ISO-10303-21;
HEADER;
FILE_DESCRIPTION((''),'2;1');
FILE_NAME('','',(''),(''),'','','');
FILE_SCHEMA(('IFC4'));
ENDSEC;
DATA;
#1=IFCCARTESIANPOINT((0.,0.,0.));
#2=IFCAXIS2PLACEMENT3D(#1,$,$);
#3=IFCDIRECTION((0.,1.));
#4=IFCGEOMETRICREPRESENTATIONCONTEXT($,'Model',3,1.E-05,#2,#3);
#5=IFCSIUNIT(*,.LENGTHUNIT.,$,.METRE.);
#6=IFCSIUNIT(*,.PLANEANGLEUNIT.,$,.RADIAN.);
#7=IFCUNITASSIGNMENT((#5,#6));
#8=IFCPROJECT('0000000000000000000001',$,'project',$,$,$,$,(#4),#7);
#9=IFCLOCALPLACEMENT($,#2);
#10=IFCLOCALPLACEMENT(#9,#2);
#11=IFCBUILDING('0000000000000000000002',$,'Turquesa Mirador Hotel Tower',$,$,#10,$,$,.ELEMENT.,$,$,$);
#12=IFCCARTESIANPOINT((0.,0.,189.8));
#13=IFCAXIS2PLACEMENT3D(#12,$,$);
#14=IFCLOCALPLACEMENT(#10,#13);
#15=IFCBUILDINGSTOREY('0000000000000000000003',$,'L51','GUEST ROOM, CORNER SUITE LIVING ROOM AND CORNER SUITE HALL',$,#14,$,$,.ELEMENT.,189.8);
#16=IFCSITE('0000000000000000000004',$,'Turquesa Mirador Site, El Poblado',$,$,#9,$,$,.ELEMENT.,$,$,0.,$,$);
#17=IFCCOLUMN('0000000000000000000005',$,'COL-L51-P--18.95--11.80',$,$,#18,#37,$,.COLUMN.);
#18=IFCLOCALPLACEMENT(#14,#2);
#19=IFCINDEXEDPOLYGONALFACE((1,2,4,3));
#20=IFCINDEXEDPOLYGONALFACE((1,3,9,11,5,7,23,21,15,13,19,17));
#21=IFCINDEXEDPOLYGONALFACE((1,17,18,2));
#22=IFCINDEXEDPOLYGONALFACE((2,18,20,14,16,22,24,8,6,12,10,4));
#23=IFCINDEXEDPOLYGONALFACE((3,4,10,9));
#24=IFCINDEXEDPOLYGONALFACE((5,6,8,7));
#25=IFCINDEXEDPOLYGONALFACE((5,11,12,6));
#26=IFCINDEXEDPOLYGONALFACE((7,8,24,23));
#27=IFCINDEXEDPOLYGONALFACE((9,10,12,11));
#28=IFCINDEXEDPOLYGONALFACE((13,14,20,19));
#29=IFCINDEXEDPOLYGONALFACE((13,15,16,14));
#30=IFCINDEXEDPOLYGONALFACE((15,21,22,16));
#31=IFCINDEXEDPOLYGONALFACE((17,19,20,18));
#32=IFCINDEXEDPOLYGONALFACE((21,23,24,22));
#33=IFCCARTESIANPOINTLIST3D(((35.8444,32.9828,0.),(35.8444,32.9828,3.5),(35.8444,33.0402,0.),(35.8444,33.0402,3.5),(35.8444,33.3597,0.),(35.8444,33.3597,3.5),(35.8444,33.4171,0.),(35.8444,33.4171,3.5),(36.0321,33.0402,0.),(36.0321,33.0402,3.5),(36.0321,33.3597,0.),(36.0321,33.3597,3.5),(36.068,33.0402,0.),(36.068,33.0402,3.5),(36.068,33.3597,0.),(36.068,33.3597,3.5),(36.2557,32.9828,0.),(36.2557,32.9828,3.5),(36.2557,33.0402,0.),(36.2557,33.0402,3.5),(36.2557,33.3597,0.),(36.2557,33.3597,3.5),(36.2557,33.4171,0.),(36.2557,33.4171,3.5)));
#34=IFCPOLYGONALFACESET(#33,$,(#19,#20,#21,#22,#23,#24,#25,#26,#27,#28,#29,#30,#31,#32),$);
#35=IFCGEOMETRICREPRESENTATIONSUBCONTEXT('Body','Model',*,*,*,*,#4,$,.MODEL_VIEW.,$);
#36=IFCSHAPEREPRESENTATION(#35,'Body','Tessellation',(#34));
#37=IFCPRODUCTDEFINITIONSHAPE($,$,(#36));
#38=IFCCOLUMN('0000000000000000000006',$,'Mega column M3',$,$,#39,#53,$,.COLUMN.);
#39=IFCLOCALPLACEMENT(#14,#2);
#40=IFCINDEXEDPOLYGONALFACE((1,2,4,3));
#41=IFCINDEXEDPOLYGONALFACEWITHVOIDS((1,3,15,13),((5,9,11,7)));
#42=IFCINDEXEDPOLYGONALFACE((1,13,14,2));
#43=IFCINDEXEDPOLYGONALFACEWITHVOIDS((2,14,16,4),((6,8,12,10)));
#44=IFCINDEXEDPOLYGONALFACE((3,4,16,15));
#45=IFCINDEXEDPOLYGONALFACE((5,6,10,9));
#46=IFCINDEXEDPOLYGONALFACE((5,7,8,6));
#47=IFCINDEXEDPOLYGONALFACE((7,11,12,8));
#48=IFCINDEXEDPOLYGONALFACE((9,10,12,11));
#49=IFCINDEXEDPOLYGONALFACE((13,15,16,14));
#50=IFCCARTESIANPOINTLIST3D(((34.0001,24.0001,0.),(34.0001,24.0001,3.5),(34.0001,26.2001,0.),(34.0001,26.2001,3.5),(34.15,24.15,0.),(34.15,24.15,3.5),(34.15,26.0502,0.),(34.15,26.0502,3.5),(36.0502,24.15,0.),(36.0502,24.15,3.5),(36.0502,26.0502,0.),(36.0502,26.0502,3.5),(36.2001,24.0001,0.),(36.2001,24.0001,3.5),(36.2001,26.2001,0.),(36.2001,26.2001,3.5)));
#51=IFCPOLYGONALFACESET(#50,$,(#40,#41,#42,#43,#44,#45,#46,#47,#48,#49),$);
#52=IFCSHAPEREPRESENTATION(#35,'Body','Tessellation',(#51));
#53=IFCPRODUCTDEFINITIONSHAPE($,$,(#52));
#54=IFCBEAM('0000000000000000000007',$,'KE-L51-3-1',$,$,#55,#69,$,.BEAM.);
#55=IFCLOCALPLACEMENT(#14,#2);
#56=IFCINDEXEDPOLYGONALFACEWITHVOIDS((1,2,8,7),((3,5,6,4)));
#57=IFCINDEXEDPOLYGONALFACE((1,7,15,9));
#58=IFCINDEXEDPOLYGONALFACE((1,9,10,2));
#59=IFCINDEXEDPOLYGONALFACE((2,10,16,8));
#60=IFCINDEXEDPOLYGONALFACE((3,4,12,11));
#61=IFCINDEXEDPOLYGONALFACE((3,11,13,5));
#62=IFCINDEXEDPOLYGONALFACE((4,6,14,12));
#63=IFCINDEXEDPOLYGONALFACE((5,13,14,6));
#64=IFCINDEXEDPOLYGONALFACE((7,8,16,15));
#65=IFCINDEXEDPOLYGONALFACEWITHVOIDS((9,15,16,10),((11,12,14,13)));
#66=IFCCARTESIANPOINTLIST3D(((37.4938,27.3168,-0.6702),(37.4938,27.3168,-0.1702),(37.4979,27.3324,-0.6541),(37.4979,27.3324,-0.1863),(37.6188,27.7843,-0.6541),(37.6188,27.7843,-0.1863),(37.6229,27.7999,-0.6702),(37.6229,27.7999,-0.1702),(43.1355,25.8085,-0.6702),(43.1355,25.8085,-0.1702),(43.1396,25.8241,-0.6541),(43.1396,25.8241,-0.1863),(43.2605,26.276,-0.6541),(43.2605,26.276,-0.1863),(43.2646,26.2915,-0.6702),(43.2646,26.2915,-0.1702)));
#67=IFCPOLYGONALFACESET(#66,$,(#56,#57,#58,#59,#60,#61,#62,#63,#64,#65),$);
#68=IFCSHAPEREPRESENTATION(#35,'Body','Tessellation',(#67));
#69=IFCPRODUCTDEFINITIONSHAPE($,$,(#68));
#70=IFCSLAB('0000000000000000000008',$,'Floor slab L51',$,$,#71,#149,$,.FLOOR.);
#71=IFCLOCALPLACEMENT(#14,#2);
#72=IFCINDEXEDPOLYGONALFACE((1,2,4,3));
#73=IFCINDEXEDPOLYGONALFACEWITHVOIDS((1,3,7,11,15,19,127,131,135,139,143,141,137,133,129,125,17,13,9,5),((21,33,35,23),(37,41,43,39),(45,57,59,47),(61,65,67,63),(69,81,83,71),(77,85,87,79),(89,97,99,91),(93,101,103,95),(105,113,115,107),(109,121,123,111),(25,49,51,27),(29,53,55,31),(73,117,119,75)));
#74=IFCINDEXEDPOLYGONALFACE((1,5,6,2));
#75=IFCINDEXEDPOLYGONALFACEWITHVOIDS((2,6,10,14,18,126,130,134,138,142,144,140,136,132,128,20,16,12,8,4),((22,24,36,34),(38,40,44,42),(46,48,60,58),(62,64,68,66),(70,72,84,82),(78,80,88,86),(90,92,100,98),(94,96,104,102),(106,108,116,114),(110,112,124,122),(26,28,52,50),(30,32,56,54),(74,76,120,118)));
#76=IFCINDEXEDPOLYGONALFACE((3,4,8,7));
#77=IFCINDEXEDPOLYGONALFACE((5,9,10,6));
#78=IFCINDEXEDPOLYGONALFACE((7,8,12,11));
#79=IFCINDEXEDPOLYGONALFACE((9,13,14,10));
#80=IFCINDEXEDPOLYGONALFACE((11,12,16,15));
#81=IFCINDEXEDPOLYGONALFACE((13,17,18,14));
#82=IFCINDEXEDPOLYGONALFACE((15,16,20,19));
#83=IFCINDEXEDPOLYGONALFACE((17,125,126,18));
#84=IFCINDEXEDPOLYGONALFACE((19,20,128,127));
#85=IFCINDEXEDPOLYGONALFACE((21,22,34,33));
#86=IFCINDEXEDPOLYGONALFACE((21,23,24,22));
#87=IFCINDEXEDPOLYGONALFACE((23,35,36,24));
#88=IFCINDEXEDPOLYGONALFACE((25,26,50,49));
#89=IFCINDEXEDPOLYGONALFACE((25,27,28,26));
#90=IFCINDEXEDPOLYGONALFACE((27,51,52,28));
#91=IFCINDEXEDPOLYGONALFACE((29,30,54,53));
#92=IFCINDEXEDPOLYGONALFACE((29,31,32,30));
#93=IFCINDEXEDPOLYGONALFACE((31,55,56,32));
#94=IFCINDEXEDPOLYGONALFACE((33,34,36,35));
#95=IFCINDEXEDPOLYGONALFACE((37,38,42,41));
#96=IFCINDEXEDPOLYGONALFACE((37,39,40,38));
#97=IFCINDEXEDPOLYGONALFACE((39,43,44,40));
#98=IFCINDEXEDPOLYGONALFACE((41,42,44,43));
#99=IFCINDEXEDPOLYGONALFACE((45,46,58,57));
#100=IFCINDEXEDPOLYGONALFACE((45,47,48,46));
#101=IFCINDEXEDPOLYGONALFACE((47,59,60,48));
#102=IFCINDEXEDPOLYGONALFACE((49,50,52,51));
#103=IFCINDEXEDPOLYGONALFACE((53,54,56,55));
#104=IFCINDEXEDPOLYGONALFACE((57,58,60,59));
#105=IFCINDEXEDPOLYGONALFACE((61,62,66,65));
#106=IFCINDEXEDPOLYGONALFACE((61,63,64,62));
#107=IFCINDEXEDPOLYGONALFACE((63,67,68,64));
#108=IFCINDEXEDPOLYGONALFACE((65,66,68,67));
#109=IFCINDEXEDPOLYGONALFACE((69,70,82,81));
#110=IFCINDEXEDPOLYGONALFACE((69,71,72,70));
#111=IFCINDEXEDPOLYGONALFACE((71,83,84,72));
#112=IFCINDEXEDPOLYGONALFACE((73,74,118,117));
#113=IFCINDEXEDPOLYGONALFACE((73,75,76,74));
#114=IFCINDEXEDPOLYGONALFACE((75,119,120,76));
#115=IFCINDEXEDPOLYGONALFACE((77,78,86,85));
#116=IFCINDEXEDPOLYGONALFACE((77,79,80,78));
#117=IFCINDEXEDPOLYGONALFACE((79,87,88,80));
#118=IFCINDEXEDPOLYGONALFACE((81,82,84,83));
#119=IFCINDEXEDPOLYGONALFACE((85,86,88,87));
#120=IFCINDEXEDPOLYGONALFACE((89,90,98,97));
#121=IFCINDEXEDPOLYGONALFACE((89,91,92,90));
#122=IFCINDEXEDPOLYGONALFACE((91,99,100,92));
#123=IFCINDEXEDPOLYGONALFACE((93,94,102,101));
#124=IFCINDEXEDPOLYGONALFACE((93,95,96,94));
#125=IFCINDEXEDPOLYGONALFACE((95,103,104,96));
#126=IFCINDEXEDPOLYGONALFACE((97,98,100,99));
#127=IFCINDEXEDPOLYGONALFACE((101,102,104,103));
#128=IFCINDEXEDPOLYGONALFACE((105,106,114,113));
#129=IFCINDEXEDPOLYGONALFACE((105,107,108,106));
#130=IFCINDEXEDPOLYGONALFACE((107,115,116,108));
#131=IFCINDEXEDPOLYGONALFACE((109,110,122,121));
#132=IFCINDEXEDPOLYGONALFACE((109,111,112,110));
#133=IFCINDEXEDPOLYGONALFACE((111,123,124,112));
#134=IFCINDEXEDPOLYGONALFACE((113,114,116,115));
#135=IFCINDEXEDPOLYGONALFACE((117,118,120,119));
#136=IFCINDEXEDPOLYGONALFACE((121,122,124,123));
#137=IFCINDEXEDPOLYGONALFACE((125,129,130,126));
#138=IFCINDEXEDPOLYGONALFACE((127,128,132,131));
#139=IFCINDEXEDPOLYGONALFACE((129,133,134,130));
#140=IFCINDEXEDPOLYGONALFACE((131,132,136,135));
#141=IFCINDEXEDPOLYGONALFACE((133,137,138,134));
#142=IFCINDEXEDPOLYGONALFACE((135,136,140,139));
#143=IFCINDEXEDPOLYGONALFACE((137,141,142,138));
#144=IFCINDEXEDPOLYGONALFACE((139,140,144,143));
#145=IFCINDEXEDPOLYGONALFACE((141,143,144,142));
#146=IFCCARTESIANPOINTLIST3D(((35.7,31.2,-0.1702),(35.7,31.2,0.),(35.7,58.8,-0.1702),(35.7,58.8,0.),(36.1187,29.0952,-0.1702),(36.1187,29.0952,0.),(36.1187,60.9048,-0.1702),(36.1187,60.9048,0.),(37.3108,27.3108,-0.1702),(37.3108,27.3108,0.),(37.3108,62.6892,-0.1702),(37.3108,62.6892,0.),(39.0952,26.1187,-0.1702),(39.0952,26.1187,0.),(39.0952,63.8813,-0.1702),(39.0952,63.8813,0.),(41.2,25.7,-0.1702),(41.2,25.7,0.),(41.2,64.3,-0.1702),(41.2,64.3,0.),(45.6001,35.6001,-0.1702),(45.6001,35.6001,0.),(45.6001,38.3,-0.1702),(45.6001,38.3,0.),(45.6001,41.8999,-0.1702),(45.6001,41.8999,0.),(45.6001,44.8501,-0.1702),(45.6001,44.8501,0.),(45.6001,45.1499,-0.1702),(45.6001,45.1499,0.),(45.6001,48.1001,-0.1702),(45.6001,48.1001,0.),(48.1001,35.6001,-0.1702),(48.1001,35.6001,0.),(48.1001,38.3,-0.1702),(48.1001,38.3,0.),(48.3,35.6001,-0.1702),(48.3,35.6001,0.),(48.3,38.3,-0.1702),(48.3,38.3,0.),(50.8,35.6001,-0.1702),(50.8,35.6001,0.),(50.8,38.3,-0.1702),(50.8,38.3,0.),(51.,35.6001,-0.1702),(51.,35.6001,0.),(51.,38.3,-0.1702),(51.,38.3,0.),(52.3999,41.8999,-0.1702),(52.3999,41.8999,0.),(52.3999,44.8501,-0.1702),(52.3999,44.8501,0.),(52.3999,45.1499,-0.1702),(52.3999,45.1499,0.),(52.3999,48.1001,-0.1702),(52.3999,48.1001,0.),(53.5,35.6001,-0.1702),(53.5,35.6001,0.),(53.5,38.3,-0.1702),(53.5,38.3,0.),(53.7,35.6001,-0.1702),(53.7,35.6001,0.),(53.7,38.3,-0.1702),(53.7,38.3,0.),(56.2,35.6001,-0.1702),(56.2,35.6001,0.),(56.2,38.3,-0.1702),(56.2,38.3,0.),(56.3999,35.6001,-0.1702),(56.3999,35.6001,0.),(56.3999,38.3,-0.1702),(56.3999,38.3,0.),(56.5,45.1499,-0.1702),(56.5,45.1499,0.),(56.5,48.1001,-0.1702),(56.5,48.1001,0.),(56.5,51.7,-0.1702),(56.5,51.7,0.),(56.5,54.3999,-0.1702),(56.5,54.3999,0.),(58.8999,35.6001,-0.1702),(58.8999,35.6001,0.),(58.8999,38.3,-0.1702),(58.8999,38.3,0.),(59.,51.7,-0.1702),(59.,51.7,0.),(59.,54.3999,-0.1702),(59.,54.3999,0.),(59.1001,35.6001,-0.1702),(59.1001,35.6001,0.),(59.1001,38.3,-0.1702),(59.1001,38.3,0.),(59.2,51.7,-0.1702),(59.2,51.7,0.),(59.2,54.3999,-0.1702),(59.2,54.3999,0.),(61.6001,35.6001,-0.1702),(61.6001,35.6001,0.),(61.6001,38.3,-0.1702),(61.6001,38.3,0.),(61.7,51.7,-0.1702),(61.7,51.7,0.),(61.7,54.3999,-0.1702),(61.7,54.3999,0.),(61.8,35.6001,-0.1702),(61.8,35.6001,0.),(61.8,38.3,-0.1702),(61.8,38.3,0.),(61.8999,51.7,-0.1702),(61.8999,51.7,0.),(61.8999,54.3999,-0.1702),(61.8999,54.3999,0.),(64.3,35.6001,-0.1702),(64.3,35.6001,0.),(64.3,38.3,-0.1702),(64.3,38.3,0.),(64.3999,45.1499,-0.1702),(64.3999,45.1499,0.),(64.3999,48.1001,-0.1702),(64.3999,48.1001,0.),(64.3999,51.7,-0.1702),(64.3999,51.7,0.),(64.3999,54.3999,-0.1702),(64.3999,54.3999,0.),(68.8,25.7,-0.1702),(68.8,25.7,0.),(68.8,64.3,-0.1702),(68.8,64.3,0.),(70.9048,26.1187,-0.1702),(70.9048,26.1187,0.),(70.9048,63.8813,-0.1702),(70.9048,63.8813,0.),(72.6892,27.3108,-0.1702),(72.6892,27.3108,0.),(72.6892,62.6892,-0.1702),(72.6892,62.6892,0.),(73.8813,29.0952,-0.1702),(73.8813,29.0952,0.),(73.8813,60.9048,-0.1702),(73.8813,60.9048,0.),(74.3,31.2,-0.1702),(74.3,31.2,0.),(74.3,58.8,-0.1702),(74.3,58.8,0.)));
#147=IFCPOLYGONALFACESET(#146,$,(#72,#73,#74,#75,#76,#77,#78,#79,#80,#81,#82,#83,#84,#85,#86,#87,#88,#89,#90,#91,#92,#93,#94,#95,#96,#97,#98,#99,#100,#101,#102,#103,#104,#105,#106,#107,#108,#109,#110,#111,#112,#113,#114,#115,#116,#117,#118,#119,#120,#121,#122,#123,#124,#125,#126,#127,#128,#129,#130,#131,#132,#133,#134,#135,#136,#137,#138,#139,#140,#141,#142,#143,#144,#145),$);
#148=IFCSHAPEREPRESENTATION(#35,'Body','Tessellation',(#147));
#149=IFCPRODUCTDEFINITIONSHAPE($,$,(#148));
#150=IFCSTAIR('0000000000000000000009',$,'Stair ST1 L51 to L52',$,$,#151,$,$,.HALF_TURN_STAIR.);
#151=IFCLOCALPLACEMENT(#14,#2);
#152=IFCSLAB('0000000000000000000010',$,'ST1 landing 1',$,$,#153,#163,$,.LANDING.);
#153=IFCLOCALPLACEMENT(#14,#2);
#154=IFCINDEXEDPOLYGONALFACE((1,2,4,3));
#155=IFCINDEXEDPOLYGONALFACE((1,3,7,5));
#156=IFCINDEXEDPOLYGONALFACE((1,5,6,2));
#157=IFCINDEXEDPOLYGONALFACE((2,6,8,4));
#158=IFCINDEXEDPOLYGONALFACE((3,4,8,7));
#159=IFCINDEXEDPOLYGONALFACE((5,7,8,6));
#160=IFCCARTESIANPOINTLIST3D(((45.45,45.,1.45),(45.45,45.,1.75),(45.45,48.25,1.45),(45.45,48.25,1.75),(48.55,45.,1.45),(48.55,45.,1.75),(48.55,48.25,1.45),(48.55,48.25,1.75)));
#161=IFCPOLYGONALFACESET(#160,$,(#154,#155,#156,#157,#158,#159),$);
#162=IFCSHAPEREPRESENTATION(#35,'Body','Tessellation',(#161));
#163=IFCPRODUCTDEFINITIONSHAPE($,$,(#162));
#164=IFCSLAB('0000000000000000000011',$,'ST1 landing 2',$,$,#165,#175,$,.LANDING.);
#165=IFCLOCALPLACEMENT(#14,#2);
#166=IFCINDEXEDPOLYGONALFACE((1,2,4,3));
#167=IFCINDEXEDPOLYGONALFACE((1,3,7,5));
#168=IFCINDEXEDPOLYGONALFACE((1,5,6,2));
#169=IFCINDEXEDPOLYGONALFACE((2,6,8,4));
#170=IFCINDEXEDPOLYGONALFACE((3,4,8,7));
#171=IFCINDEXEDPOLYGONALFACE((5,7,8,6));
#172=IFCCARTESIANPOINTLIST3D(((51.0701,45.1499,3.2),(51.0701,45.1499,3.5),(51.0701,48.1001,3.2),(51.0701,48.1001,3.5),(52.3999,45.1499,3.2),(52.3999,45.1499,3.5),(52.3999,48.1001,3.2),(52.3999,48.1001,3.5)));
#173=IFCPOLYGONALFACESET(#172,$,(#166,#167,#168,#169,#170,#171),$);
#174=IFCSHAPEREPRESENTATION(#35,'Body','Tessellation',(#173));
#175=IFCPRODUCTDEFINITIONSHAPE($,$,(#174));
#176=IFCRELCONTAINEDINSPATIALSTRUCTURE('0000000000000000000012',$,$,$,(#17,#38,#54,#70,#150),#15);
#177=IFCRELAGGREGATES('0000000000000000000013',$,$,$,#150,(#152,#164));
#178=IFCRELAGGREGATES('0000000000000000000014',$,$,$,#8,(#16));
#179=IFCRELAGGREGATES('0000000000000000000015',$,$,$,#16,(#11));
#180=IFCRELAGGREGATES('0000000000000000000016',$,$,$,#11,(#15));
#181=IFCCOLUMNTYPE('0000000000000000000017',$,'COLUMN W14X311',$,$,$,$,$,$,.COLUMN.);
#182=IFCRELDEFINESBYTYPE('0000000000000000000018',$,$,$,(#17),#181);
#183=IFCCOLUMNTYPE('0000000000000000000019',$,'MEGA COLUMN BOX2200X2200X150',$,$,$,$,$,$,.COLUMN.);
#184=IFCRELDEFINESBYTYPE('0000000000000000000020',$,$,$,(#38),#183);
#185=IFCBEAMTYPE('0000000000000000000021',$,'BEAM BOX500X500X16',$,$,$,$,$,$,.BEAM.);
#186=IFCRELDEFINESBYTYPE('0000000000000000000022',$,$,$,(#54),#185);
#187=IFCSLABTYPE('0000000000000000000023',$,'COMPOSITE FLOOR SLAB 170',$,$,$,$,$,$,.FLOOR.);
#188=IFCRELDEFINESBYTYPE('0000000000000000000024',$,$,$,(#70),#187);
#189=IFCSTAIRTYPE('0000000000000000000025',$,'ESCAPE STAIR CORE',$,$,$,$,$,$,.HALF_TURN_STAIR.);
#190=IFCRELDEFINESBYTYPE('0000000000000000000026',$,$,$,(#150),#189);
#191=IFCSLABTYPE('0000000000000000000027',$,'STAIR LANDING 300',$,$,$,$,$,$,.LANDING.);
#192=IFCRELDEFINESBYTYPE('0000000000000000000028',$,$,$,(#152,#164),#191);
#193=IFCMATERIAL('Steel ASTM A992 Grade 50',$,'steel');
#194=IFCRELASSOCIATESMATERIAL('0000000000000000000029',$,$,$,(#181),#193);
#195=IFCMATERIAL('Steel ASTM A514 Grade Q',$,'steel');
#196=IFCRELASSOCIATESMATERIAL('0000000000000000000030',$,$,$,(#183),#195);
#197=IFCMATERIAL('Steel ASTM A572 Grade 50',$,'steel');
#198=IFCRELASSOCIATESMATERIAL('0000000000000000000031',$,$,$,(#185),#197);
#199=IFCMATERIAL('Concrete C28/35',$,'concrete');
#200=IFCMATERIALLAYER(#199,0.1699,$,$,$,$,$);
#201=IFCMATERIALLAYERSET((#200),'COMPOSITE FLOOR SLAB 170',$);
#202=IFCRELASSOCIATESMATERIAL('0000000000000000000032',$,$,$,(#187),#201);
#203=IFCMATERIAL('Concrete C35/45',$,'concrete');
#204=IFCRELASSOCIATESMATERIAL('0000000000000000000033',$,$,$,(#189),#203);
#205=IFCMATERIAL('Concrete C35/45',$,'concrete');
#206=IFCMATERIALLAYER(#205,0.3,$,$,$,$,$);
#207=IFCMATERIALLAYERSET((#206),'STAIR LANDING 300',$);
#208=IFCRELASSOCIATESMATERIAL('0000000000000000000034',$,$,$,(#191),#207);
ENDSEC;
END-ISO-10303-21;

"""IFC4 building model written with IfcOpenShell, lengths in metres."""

from ifc_helpers import new_model, si_unit, direction, frame, origin, origin_2d, place, context, subcontext, project, spatial, polyline, hollow_rectangle, i_section, outline, extrude, material, layer, layer_set, material_profile, profile_set, type_object, element, aggregate, save


model = new_model("IFC4")

# Units and contexts
model_context = context("Model", 3, precision=1e-05, world=origin(), true_north=direction((0.0, 1.0)))
body_context = subcontext(model_context, "Body", "Model", "MODEL_VIEW")
ifc_project = project(units=[si_unit("LENGTHUNIT", "METRE"), si_unit("PLANEANGLEUNIT", "RADIAN")], contexts=[model_context])

# Site, building, storey
site_placement = place(None, origin())
site = spatial("IfcSite", under=ifc_project, at=site_placement, Name="Turquesa Mirador Site, El Poblado", CompositionType="ELEMENT", RefElevation=0.0)
building_placement = place(site_placement, origin())
building = spatial("IfcBuilding", under=site, at=building_placement, Name="Turquesa Mirador Hotel Tower", CompositionType="ELEMENT")
storey_placement = place(building_placement, frame((0.0, 0.0, 189.8)))
storey = spatial("IfcBuildingStorey", under=building, at=storey_placement, Name="L51", Description="GUEST ROOM, CORNER SUITE LIVING ROOM AND CORNER SUITE HALL", CompositionType="ELEMENT", Elevation=189.8)

# Columns
ifc_material_1 = material(Name="Steel ASTM A992 Grade 50", Category="steel")
ifc_material_profile_1 = material_profile(ifc_material_1, i_section(OverallWidth=0.4114, OverallDepth=0.4343, WebThickness=0.0359, FlangeThickness=0.0574, at=origin_2d()), Name="W14X311")
ifc_profile_set_1 = profile_set([ifc_material_profile_1], Name="Steel ASTM A992 Grade 50")
column_type_1 = type_object("IfcColumnType", Name="COLUMN W14X311", PredefinedType="COLUMN", material=ifc_profile_set_1)
column_1_placement = place(storey_placement, frame((36.05, 33.2, 0.0), z_axis=(0.0, 0.0, 1.0), x_axis=(1.0, 0.0, 0.0)))
element("IfcColumn", 1, at=column_1_placement, inside=storey, type_object=column_type_1, Name="COL-L51-P--18.95--11.80", PredefinedType="COLUMN", context=body_context, shape_type="SweptSolid", body=[
    extrude(i_section(OverallWidth=0.4114, OverallDepth=0.4343, WebThickness=0.0359, FlangeThickness=0.0574, at=origin_2d()), origin(), (0.0, 0.0, 1.0), 3.5),
])
ifc_material_2 = material(Name="Steel ASTM A514 Grade Q", Category="steel")
ifc_material_profile_2 = material_profile(ifc_material_2, hollow_rectangle(XDim=2.2, YDim=2.2, WallThickness=0.1499, at=origin_2d()), Name="BOX2200X2200X150")
ifc_profile_set_2 = profile_set([ifc_material_profile_2], Name="Steel ASTM A514 Grade Q")
column_type_2 = type_object("IfcColumnType", Name="MEGA COLUMN BOX2200X2200X150", PredefinedType="COLUMN", material=ifc_profile_set_2)
column_2_placement = place(storey_placement, frame((35.1001, 25.1001, 0.0), z_axis=(0.0, 0.0, 1.0), x_axis=(1.0, 0.0, 0.0)))
element("IfcColumn", 2, at=column_2_placement, inside=storey, type_object=column_type_2, Name="Mega column M3", PredefinedType="COLUMN", context=body_context, shape_type="SweptSolid", body=[
    extrude(hollow_rectangle(XDim=2.2, YDim=2.2, WallThickness=0.1499, at=origin_2d()), origin(), (0.0, 0.0, 1.0), 3.5),
])

# Beam
ifc_material_3 = material(Name="Steel ASTM A572 Grade 50", Category="steel")
ifc_material_profile_3 = material_profile(ifc_material_3, hollow_rectangle(XDim=0.5, YDim=0.5, WallThickness=0.0161, at=origin_2d()), Name="BOX500X500X16")
ifc_profile_set_3 = profile_set([ifc_material_profile_3], Name="Steel ASTM A572 Grade 50")
beam_type = type_object("IfcBeamType", Name="BEAM BOX500X500X16", PredefinedType="BEAM", material=ifc_profile_set_3)
beam_placement = place(storey_placement, frame((37.5583, 27.5583, -0.4202), z_axis=(0.96607, -0.258282, 0.0), x_axis=(0.258282, 0.96607, 0.0)))
element("IfcBeam", 3, at=beam_placement, inside=storey, type_object=beam_type, Name="KE-L51-3-1", PredefinedType="BEAM", context=body_context, shape_type="SweptSolid", body=[
    extrude(hollow_rectangle(XDim=0.5, YDim=0.5, WallThickness=0.0161, at=origin_2d()), origin(), (0.0, 0.0, 1.0), 5.8398),
])

# Slab
ifc_material_4 = material(Name="Concrete C28/35", Category="concrete")
ifc_layer_1 = layer(ifc_material_4, 0.1699)
ifc_layer_set_1 = layer_set([ifc_layer_1], Name="COMPOSITE FLOOR SLAB 170")
slab_type_1 = type_object("IfcSlabType", Name="COMPOSITE FLOOR SLAB 170", PredefinedType="FLOOR", material=ifc_layer_set_1)
slab_1_placement = place(storey_placement, frame((0.0, 0.0, -0.1702)))
element("IfcSlab", 4, at=slab_1_placement, inside=storey, type_object=slab_type_1, Name="Floor slab L51", PredefinedType="FLOOR", context=body_context, shape_type="SweptSolid", body=[
    extrude(outline(polyline([(68.8, 25.7), (70.9048, 26.1187), (72.6892, 27.3108), (73.8813, 29.0952), (74.3, 31.2), (74.3, 58.8), (73.8813, 60.9048), (72.6892, 62.6892), (70.9048, 63.8813), (68.8, 64.3), (41.2, 64.3), (39.0952, 63.8813), (37.3108, 62.6892), (36.1187, 60.9048), (35.7, 58.8), (35.7, 31.2), (36.1187, 29.0952), (37.3108, 27.3108), (39.0952, 26.1187), (41.2, 25.7), (68.8, 25.7)]), holes=[polyline([(56.5, 51.7), (59.0, 51.7), (59.0, 54.3999), (56.5, 54.3999), (56.5, 51.7)]), polyline([(59.2, 51.7), (61.7, 51.7), (61.7, 54.3999), (59.2, 54.3999), (59.2, 51.7)]), polyline([(45.6001, 35.6001), (48.1001, 35.6001), (48.1001, 38.3), (45.6001, 38.3), (45.6001, 35.6001)]), polyline([(48.3, 35.6001), (50.8, 35.6001), (50.8, 38.3), (48.3, 38.3), (48.3, 35.6001)]), polyline([(51.0, 35.6001), (53.5, 35.6001), (53.5, 38.3), (51.0, 38.3), (51.0, 35.6001)]), polyline([(53.7, 35.6001), (56.2, 35.6001), (56.2, 38.3), (53.7, 38.3), (53.7, 35.6001)]), polyline([(56.3999, 35.6001), (58.8999, 35.6001), (58.8999, 38.3), (56.3999, 38.3), (56.3999, 35.6001)]), polyline([(59.1001, 35.6001), (61.6001, 35.6001), (61.6001, 38.3), (59.1001, 38.3), (59.1001, 35.6001)]), polyline([(61.8, 35.6001), (64.3, 35.6001), (64.3, 38.3), (61.8, 38.3), (61.8, 35.6001)]), polyline([(45.6001, 45.1499), (52.3999, 45.1499), (52.3999, 48.1001), (45.6001, 48.1001), (45.6001, 45.1499)]), polyline([(45.6001, 41.8999), (52.3999, 41.8999), (52.3999, 44.8501), (45.6001, 44.8501), (45.6001, 41.8999)]), polyline([(56.5, 45.1499), (64.3999, 45.1499), (64.3999, 48.1001), (56.5, 48.1001), (56.5, 45.1499)]), polyline([(61.8999, 51.7), (64.3999, 51.7), (64.3999, 54.3999), (61.8999, 54.3999), (61.8999, 51.7)])]), origin(), (0.0, 0.0, 1.0), 0.1702),
])

# Stair, slabs
ifc_material_5 = material(Name="Concrete C35/45", Category="concrete")
stair_type = type_object("IfcStairType", Name="ESCAPE STAIR CORE", PredefinedType="HALF_TURN_STAIR", material=ifc_material_5)
stair_1_placement = place(storey_placement, origin())
stair_1 = element("IfcStair", 5, at=stair_1_placement, inside=storey, type_object=stair_type, Name="Stair ST1 L51 to L52", PredefinedType="HALF_TURN_STAIR")
ifc_material_6 = material(Name="Concrete C35/45", Category="concrete")
ifc_layer_2 = layer(ifc_material_6, 0.3)
ifc_layer_set_2 = layer_set([ifc_layer_2], Name="STAIR LANDING 300")
slab_type_2 = type_object("IfcSlabType", Name="STAIR LANDING 300", PredefinedType="LANDING", material=ifc_layer_set_2)
slab_2_placement = place(storey_placement, frame((0.0, 0.0, 1.45)))
slab_2 = element("IfcSlab", 6, at=slab_2_placement, type_object=slab_type_2, Name="ST1 landing 1", PredefinedType="LANDING", context=body_context, shape_type="SweptSolid", body=[
    extrude(outline(polyline([(45.45, 45.0), (48.55, 45.0), (48.55, 48.25), (45.45, 48.25), (45.45, 45.0)])), origin(), (0.0, 0.0, 1.0), 0.3),
])
slab_3_placement = place(storey_placement, frame((0.0, 0.0, 3.2)))
slab_3 = element("IfcSlab", 7, at=slab_3_placement, type_object=slab_type_2, Name="ST1 landing 2", PredefinedType="LANDING", context=body_context, shape_type="SweptSolid", body=[
    extrude(outline(polyline([(51.0701, 45.1499), (52.3999, 45.1499), (52.3999, 48.1001), (51.0701, 48.1001), (51.0701, 45.1499)])), origin(), (0.0, 0.0, 1.0), 0.3),
])
aggregate(stair_1, [slab_2, slab_3])

save(model, "model.ifc")
